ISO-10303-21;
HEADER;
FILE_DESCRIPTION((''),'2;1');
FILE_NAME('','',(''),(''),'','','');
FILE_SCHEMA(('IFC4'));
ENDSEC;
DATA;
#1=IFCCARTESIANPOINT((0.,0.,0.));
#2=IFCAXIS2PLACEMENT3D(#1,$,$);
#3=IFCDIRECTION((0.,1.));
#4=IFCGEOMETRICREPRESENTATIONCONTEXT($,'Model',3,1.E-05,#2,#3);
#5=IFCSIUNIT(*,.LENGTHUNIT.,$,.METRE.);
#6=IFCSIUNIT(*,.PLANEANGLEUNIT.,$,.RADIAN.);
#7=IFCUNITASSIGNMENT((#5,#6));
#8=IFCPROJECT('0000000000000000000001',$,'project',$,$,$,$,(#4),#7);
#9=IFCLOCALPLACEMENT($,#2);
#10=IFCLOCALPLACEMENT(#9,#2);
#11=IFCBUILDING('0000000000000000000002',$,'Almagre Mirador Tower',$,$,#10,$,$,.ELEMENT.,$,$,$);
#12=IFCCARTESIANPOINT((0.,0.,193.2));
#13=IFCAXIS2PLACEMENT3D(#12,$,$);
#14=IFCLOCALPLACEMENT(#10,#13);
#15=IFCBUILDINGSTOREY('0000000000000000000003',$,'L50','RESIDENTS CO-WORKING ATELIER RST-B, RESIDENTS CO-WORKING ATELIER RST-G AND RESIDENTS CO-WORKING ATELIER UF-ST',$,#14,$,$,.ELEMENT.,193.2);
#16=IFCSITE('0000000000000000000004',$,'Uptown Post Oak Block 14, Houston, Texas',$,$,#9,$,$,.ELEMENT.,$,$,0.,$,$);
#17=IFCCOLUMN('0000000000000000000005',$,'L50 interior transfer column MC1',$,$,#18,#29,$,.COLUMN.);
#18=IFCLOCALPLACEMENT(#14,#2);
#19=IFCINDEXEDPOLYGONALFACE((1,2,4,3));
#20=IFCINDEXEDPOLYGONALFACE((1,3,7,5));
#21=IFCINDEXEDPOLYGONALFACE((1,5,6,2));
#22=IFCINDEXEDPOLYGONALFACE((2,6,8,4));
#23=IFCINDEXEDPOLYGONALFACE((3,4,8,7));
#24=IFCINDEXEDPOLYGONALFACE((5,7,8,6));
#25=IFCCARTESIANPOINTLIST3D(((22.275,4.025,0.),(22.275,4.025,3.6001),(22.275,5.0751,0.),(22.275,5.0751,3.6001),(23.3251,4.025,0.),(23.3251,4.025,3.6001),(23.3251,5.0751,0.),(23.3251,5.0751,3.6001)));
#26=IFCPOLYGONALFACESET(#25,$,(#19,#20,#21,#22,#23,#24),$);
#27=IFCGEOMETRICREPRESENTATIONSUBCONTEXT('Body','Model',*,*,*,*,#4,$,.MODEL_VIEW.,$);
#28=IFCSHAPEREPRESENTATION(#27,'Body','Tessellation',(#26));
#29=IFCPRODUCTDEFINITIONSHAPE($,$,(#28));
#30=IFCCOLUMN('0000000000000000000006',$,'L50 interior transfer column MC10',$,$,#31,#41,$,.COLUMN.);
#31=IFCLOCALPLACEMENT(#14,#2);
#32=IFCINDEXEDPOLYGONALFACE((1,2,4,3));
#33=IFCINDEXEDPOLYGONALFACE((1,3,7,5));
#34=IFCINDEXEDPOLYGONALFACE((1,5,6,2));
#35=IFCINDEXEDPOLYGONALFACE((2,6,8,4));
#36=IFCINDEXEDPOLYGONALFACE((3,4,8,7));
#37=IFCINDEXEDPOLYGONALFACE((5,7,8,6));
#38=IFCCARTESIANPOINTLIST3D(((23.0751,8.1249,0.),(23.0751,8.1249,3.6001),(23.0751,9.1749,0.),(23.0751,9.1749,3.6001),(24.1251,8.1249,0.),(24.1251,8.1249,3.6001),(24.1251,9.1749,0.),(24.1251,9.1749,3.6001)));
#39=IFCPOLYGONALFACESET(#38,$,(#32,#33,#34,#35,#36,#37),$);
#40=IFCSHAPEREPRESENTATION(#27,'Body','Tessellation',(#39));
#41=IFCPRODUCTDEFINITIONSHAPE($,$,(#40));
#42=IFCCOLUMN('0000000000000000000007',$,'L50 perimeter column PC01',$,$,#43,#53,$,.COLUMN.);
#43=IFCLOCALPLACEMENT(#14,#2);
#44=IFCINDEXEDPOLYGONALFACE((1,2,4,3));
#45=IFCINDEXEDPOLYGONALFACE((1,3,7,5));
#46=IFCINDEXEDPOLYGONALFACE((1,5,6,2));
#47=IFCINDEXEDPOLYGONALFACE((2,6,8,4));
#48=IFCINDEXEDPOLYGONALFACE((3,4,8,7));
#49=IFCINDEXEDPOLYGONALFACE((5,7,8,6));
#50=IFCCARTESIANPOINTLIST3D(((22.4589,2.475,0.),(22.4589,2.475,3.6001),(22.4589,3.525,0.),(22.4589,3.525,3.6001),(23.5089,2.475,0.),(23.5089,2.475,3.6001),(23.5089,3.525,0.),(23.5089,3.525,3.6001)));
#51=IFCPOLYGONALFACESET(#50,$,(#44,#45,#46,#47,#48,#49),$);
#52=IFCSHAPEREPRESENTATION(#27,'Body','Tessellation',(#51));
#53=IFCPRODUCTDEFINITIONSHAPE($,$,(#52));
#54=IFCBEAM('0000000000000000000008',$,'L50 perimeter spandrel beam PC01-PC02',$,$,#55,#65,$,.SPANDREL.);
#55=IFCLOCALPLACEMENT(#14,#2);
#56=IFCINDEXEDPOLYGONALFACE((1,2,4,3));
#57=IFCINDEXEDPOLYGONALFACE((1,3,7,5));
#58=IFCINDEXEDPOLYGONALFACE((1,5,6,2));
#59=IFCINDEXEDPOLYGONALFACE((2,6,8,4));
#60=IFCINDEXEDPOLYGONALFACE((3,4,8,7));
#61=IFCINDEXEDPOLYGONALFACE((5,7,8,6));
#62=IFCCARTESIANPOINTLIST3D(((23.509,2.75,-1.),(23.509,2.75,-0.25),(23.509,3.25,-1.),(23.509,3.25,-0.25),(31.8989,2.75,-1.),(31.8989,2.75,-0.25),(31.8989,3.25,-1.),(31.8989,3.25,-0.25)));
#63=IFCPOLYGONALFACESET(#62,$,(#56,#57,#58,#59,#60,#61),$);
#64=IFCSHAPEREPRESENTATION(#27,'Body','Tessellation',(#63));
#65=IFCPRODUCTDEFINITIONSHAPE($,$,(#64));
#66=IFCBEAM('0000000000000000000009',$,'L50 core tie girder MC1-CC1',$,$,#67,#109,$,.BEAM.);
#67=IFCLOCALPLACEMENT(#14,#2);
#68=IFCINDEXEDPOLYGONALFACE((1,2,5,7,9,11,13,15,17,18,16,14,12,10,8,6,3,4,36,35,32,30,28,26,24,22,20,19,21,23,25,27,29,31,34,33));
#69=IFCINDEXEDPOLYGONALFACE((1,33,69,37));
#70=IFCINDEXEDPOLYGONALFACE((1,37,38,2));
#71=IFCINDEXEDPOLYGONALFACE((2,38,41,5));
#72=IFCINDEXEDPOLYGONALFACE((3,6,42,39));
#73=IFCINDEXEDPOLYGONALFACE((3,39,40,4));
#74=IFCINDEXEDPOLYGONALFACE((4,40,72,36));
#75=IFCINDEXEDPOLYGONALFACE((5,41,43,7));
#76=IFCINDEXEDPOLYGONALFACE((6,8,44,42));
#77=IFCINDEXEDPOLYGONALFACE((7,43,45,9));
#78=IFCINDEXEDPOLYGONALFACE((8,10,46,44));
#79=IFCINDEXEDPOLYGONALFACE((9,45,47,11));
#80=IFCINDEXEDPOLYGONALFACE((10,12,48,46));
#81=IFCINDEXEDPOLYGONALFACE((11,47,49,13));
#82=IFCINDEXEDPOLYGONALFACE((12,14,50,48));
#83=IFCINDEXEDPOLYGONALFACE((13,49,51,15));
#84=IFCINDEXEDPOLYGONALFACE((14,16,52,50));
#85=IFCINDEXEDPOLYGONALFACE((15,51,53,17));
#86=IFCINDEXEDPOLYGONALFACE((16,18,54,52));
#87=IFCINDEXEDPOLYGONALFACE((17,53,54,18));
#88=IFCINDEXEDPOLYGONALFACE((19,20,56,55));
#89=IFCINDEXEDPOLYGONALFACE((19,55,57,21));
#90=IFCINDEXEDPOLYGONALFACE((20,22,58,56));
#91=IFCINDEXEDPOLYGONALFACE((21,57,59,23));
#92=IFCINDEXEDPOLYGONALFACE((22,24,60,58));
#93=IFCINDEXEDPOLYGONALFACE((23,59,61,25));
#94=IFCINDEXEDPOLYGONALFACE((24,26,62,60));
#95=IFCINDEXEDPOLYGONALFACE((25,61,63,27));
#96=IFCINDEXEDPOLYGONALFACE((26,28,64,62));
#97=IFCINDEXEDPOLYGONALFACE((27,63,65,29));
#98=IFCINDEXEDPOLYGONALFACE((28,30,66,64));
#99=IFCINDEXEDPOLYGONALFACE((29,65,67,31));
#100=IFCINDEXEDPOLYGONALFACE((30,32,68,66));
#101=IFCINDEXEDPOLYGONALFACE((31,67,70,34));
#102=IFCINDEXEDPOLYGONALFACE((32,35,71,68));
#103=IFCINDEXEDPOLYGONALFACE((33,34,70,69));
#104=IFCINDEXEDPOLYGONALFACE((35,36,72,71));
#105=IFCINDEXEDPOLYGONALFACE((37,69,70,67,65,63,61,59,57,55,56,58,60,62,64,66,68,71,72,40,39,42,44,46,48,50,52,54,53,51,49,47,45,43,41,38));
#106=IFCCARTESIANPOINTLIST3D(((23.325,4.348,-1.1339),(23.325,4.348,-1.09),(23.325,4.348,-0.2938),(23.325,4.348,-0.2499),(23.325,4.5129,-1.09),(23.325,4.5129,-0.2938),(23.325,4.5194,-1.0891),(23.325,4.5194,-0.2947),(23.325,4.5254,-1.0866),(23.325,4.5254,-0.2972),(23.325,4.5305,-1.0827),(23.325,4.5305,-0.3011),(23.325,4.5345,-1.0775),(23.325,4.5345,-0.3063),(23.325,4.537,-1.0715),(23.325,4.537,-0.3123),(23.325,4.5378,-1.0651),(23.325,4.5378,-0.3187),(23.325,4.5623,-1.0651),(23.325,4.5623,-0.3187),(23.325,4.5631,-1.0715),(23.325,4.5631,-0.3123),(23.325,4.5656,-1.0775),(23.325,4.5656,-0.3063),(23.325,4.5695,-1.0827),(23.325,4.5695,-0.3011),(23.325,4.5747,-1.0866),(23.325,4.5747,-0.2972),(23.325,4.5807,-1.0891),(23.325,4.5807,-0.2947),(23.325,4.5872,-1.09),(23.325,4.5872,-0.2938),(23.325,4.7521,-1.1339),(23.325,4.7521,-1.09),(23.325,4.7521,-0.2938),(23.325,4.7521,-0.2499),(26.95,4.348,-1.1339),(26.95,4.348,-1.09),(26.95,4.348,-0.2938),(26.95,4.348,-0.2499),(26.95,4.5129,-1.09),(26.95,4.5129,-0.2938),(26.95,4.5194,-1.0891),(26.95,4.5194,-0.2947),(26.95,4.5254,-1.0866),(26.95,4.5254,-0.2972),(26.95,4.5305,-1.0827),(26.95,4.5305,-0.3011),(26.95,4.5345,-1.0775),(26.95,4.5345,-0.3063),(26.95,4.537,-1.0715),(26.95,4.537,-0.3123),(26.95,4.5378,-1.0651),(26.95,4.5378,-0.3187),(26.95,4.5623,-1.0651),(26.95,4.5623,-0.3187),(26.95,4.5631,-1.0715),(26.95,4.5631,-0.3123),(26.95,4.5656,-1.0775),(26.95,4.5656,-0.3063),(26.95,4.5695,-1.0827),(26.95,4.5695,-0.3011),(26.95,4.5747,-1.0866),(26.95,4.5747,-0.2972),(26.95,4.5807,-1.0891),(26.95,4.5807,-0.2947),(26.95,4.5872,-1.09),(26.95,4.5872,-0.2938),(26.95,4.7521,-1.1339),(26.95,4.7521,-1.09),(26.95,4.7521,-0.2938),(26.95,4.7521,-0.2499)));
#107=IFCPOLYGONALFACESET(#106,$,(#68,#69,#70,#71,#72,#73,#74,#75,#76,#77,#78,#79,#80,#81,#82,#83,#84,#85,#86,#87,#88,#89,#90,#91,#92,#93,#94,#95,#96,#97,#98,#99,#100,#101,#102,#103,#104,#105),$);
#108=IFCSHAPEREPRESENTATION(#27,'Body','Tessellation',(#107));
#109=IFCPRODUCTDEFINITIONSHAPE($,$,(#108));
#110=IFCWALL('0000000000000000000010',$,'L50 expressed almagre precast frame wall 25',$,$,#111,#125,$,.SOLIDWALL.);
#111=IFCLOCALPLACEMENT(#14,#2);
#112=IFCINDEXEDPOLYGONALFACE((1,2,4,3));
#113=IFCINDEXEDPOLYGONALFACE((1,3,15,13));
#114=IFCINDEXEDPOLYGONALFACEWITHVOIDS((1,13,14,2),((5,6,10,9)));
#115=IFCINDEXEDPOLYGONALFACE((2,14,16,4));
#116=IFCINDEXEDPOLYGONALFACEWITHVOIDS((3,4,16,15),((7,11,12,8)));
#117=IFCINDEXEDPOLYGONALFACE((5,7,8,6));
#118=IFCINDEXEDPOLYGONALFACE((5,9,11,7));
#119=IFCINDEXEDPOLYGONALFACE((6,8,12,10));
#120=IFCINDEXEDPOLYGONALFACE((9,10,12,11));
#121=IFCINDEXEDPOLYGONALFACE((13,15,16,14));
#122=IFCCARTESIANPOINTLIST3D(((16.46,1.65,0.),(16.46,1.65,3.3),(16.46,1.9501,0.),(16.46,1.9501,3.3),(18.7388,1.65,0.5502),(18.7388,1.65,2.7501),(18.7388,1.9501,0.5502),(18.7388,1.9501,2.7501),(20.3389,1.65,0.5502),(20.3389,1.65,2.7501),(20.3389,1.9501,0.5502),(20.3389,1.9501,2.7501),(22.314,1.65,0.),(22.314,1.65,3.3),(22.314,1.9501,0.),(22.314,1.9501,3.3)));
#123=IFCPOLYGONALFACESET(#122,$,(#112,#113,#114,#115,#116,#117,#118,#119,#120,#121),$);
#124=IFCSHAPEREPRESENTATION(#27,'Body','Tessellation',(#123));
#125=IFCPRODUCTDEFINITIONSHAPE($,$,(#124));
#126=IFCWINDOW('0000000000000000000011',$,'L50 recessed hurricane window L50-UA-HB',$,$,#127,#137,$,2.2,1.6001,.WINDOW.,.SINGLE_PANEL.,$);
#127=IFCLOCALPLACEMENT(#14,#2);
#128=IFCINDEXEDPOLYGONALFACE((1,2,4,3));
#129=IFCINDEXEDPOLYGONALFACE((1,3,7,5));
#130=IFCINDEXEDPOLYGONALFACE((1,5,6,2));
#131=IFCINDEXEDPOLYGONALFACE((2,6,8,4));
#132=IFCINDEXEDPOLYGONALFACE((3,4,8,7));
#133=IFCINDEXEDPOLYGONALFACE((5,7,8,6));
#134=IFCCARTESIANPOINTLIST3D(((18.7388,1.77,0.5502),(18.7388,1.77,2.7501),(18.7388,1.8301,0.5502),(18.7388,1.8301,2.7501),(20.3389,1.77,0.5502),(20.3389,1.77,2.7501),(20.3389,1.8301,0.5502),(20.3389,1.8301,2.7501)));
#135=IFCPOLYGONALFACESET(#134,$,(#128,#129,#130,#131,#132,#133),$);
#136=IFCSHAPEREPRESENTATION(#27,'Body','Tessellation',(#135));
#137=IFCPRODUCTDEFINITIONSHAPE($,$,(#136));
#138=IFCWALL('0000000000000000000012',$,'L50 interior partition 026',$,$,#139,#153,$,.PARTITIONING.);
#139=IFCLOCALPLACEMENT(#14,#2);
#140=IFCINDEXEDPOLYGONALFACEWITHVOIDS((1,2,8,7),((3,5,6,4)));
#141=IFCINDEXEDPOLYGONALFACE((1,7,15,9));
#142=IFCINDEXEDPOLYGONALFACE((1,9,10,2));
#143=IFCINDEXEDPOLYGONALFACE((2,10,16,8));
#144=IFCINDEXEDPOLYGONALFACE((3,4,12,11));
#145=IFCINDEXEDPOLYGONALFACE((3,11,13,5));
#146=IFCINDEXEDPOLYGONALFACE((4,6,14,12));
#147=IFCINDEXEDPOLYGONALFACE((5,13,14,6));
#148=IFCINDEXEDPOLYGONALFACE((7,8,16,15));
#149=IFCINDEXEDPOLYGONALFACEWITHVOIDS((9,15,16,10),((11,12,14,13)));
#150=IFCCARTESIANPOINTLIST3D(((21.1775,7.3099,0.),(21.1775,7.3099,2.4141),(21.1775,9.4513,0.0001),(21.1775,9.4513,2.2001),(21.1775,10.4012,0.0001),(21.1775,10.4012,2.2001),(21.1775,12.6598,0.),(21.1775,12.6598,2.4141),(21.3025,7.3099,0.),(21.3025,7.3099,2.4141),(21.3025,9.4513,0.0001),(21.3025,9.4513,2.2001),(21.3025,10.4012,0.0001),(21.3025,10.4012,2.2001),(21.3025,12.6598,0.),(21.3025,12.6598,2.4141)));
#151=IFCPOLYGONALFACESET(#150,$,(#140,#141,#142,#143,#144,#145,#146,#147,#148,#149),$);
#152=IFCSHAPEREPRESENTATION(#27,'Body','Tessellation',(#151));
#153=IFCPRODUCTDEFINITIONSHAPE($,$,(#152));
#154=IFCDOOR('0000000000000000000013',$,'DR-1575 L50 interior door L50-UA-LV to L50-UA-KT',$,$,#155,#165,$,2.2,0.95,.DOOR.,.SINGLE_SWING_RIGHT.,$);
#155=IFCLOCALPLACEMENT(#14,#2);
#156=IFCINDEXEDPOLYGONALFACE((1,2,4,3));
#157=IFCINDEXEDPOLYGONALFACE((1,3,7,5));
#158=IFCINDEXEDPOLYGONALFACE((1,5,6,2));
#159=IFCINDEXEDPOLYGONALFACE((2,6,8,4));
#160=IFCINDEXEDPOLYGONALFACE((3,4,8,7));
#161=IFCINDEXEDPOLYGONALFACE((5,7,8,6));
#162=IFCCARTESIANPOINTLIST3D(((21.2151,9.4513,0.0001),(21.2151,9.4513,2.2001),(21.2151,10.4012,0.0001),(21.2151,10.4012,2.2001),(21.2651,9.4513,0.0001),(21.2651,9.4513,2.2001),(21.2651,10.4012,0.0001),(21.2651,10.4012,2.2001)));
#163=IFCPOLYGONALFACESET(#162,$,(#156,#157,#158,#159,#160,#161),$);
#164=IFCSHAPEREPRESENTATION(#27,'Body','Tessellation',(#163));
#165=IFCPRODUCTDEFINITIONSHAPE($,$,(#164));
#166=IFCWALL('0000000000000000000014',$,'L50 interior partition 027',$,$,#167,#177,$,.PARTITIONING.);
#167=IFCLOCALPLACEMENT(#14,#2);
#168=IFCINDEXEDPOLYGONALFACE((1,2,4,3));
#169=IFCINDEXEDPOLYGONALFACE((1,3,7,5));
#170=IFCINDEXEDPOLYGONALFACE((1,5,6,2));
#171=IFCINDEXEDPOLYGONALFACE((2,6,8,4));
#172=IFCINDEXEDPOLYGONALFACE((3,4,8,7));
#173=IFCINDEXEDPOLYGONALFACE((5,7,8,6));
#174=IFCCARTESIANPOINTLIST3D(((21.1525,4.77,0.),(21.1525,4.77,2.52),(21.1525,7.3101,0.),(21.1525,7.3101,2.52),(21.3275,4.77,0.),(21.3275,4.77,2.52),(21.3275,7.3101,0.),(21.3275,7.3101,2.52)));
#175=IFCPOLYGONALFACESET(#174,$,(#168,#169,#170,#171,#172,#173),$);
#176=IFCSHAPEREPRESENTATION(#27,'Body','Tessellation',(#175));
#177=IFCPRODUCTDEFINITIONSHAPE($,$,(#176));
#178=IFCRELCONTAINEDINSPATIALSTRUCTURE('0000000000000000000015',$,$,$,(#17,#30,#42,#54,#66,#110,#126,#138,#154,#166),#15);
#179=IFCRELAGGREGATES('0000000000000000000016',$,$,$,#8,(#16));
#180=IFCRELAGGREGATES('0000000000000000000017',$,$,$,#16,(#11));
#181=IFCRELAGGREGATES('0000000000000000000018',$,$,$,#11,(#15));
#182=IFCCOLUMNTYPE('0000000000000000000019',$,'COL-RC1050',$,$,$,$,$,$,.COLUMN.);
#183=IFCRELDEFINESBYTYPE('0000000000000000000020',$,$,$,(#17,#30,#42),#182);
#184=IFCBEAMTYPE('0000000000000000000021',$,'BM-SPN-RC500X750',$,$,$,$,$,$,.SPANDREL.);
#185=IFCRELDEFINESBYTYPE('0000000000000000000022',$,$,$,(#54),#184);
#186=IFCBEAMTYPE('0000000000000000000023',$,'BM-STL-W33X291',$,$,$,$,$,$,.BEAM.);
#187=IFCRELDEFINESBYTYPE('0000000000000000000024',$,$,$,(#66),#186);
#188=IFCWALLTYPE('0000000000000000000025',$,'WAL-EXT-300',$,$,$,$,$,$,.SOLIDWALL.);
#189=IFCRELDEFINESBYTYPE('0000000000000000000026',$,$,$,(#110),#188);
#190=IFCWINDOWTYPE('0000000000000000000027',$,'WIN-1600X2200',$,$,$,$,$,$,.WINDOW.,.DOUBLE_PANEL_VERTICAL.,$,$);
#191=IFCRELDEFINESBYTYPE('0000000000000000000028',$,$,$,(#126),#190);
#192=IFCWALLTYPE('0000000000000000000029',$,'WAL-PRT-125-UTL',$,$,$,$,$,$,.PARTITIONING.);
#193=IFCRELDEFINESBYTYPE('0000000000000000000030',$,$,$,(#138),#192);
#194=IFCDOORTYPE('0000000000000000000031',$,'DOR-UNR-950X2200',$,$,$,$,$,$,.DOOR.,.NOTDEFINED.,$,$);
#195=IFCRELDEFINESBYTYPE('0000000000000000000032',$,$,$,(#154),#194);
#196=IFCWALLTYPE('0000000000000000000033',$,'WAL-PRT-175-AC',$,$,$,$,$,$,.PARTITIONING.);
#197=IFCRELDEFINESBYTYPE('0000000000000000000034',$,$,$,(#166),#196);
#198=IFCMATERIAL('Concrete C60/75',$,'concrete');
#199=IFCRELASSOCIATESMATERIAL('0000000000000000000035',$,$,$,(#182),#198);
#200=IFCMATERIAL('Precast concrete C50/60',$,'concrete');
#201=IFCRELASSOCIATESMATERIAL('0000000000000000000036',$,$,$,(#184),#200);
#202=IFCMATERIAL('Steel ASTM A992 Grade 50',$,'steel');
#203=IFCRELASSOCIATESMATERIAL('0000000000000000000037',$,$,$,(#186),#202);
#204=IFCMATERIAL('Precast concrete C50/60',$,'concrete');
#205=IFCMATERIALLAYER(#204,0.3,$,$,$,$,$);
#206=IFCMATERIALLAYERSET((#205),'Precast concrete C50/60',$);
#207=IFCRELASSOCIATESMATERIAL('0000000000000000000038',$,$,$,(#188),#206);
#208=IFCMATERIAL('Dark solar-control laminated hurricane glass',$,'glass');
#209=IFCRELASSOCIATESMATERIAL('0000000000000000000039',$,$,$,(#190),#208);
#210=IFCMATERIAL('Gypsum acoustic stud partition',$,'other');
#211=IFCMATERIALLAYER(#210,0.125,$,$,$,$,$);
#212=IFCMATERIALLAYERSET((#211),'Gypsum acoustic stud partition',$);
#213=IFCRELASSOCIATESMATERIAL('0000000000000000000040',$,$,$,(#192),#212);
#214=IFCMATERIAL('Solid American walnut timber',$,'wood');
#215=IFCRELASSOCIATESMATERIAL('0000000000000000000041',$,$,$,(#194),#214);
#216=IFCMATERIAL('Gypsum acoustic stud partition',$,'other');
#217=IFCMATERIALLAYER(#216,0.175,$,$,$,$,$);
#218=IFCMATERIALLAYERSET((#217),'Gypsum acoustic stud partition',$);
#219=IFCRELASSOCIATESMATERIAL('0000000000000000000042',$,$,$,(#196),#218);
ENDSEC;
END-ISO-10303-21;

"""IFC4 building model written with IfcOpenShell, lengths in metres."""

from ifc_helpers import new_model, si_unit, direction, frame, frame_2d, origin, origin_2d, place, context, subcontext, project, spatial, rectangle, i_section, extrude, material, layer, layer_set, material_profile, profile_set, type_object, element, fill, save


model = new_model("IFC4")

# Units and contexts
model_context = context("Model", 3, precision=1e-05, world=origin(), true_north=direction((0.0, 1.0)))
body_context = subcontext(model_context, "Body", "Model", "MODEL_VIEW")
ifc_project = project(units=[si_unit("LENGTHUNIT", "METRE"), si_unit("PLANEANGLEUNIT", "RADIAN")], contexts=[model_context])

# Site, building, storey
site_placement = place(None, origin())
site = spatial("IfcSite", under=ifc_project, at=site_placement, Name="Uptown Post Oak Block 14, Houston, Texas", CompositionType="ELEMENT", RefElevation=0.0)
building_placement = place(site_placement, origin())
building = spatial("IfcBuilding", under=site, at=building_placement, Name="Almagre Mirador Tower", CompositionType="ELEMENT")
storey_placement = place(building_placement, frame((0.0, 0.0, 193.2)))
storey = spatial("IfcBuildingStorey", under=building, at=storey_placement, Name="L50", Description="RESIDENTS CO-WORKING ATELIER RST-B, RESIDENTS CO-WORKING ATELIER RST-G AND RESIDENTS CO-WORKING ATELIER UF-ST", CompositionType="ELEMENT", Elevation=193.2)

# Columns
ifc_material_1 = material(Name="Concrete C60/75", Category="concrete")
ifc_material_profile_1 = material_profile(ifc_material_1, rectangle(XDim=1.05, YDim=1.05, at=origin_2d()), Name="RC1050X1050")
ifc_profile_set_1 = profile_set([ifc_material_profile_1], Name="Concrete C60/75")
column_type = type_object("IfcColumnType", Name="COL-RC1050", PredefinedType="COLUMN", material=ifc_profile_set_1)
for number, where, z_axis, x_axis, name in (
    (1, (22.8, 4.55, 0.0), (0.0, 0.0, 1.0), (1.0, 0.0, 0.0), "L50 interior transfer column MC1"),
    (2, (23.6001, 8.6499, 0.0), (0.0, 0.0, 1.0), (1.0, 0.0, 0.0), "L50 interior transfer column MC10"),
    (3, (22.9839, 3.0, 0.0), (0.0, 0.0, 1.0), (1.0, 0.0, 0.0), "L50 perimeter column PC01"),
):
    element("IfcColumn", number, at=place(storey_placement, frame(where, z_axis=z_axis, x_axis=x_axis)), inside=storey, type_object=column_type, Name=name, PredefinedType="COLUMN", context=body_context, shape_type="SweptSolid", body=[
        extrude(rectangle(XDim=1.05, YDim=1.05, at=origin_2d()), origin(), (0.0, 0.0, 1.0), 3.6001),
    ])

# Beams
ifc_material_2 = material(Name="Precast concrete C50/60", Category="concrete")
ifc_material_profile_2 = material_profile(ifc_material_2, rectangle(XDim=0.5, YDim=0.75, at=origin_2d()), Name="RC500X750")
ifc_profile_set_2 = profile_set([ifc_material_profile_2], Name="Precast concrete C50/60")
beam_type_1 = type_object("IfcBeamType", Name="BM-SPN-RC500X750", PredefinedType="SPANDREL", material=ifc_profile_set_2)
beam_1_placement = place(storey_placement, frame((23.509, 3.0, -0.625), z_axis=(1.0, 0.0, 0.0), x_axis=(0.0, 1.0, 0.0)))
element("IfcBeam", 4, at=beam_1_placement, inside=storey, type_object=beam_type_1, Name="L50 perimeter spandrel beam PC01-PC02", PredefinedType="SPANDREL", context=body_context, shape_type="SweptSolid", body=[
    extrude(rectangle(XDim=0.5, YDim=0.75, at=origin_2d()), origin(), (0.0, 0.0, 1.0), 8.3899),
])
ifc_material_3 = material(Name="Steel ASTM A992 Grade 50", Category="steel")
ifc_material_profile_3 = material_profile(ifc_material_3, i_section(OverallWidth=0.4041, OverallDepth=0.884, WebThickness=0.0244, FlangeThickness=0.0439, FilletRadius=0.0249, at=origin_2d()), Name="W33X291")
ifc_profile_set_3 = profile_set([ifc_material_profile_3], Name="Steel ASTM A992 Grade 50")
beam_type_2 = type_object("IfcBeamType", Name="BM-STL-W33X291", PredefinedType="BEAM", material=ifc_profile_set_3)
beam_2_placement = place(storey_placement, frame((23.325, 4.55, -0.6919), z_axis=(1.0, 0.0, 0.0), x_axis=(0.0, 1.0, 0.0)))
element("IfcBeam", 5, at=beam_2_placement, inside=storey, type_object=beam_type_2, Name="L50 core tie girder MC1-CC1", PredefinedType="BEAM", context=body_context, shape_type="SweptSolid", body=[
    extrude(i_section(OverallWidth=0.4041, OverallDepth=0.884, WebThickness=0.0244, FlangeThickness=0.0439, FilletRadius=0.0249, at=origin_2d()), origin(), (0.0, 0.0, 1.0), 3.625),
])

# Wall, opening, window
ifc_material_4 = material(Name="Precast concrete C50/60", Category="concrete")
ifc_layer_1 = layer(ifc_material_4, 0.3)
ifc_layer_set_1 = layer_set([ifc_layer_1], Name="Precast concrete C50/60")
wall_type_1 = type_object("IfcWallType", Name="WAL-EXT-300", PredefinedType="SOLIDWALL", material=ifc_layer_set_1)
wall_1_placement = place(storey_placement, frame((22.314, 1.8, 0.0), z_axis=(0.0, 0.0, 1.0), x_axis=(-1.0, 0.0, 0.0)))
wall_1 = element("IfcWall", 6, at=wall_1_placement, inside=storey, type_object=wall_type_1, Name="L50 expressed almagre precast frame wall 25", PredefinedType="SOLIDWALL", context=body_context, shape_type="SweptSolid", body=[
    extrude(rectangle(XDim=5.854, YDim=0.3, at=frame_2d((2.927, 0.0))), origin(), (0.0, 0.0, 1.0), 3.3),
])
opening_1_placement = place(wall_1_placement, frame((1.9751, 0.0, 0.55)))
opening_1 = element("IfcOpeningElement", 7, at=opening_1_placement, cuts=wall_1, PredefinedType="OPENING", context=body_context, shape_type="SweptSolid", body=[
    extrude(rectangle(XDim=1.6001, YDim=2.2, at=frame_2d((0.8, 1.1001))), frame((0.0, 0.1599, 0.0), z_axis=(0.0, -1.0, 0.0), x_axis=(1.0, 0.0, 0.0)), (0.0, 0.0, 1.0), 0.32),
])
ifc_material_5 = material(Name="Dark solar-control laminated hurricane glass", Category="glass")
window_type = type_object("IfcWindowType", Name="WIN-1600X2200", PartitioningType="DOUBLE_PANEL_VERTICAL", PredefinedType="WINDOW", material=ifc_material_5)
window_placement = place(opening_1_placement, origin())
window = element("IfcWindow", 8, at=window_placement, inside=storey, type_object=window_type, Name="L50 recessed hurricane window L50-UA-HB", OverallHeight=2.2, OverallWidth=1.6001, PartitioningType="SINGLE_PANEL", PredefinedType="WINDOW", context=body_context, shape_type="SweptSolid", body=[
    extrude(rectangle(XDim=1.6001, YDim=2.2, at=frame_2d((0.8, 1.1001))), frame((0.0, 0.03, 0.0), z_axis=(0.0, -1.0, 0.0), x_axis=(1.0, 0.0, 0.0)), (0.0, 0.0, 1.0), 0.0601),
])
fill(opening_1, window)

# Wall, opening, door
ifc_material_6 = material(Name="Gypsum acoustic stud partition", Category="other")
ifc_layer_2 = layer(ifc_material_6, 0.125)
ifc_layer_set_2 = layer_set([ifc_layer_2], Name="Gypsum acoustic stud partition")
wall_type_2 = type_object("IfcWallType", Name="WAL-PRT-125-UTL", PredefinedType="PARTITIONING", material=ifc_layer_set_2)
wall_2_placement = place(storey_placement, frame((21.24, 7.3101, 0.0), z_axis=(0.0, 0.0, 1.0), x_axis=(0.0, 1.0, 0.0)))
wall_2 = element("IfcWall", 9, at=wall_2_placement, inside=storey, type_object=wall_type_2, Name="L50 interior partition 026", PredefinedType="PARTITIONING", context=body_context, shape_type="SweptSolid", body=[
    extrude(rectangle(XDim=5.3499, YDim=0.125, at=frame_2d((2.6748, 0.0))), origin(), (0.0, 0.0, 1.0), 2.4141),
])
opening_2_placement = place(wall_2_placement, frame((2.1411, 0.0, 0.0)))
opening_2 = element("IfcOpeningElement", 10, at=opening_2_placement, cuts=wall_2, PredefinedType="OPENING", context=body_context, shape_type="SweptSolid", body=[
    extrude(rectangle(XDim=0.95, YDim=2.2, at=frame_2d((0.4751, 1.1001))), frame((0.0, 0.0725, 0.0), z_axis=(0.0, -1.0, 0.0), x_axis=(1.0, 0.0, 0.0)), (0.0, 0.0, 1.0), 0.145),
])
ifc_material_7 = material(Name="Solid American walnut timber", Category="wood")
door_type_1 = type_object("IfcDoorType", Name="DOR-UNR-950X2200", OperationType="NOTDEFINED", PredefinedType="DOOR", material=ifc_material_7)
door_1_placement = place(opening_2_placement, origin())
door_1 = element("IfcDoor", 11, at=door_1_placement, inside=storey, type_object=door_type_1, Name="DR-1575 L50 interior door L50-UA-LV to L50-UA-KT", OperationType="SINGLE_SWING_RIGHT", OverallHeight=2.2, OverallWidth=0.95, PredefinedType="DOOR", context=body_context, shape_type="SweptSolid", body=[
    extrude(rectangle(XDim=0.95, YDim=2.2, at=frame_2d((0.4751, 1.1001))), frame((0.0, 0.0249, 0.0), z_axis=(0.0, -1.0, 0.0), x_axis=(1.0, 0.0, 0.0)), (0.0, 0.0, 1.0), 0.05),
])
fill(opening_2, door_1)

# Wall
ifc_material_8 = material(Name="Gypsum acoustic stud partition", Category="other")
ifc_layer_3 = layer(ifc_material_8, 0.175)
ifc_layer_set_3 = layer_set([ifc_layer_3], Name="Gypsum acoustic stud partition")
wall_type_3 = type_object("IfcWallType", Name="WAL-PRT-175-AC", PredefinedType="PARTITIONING", material=ifc_layer_set_3)
wall_3_placement = place(storey_placement, frame((21.24, 4.77, 0.0), z_axis=(0.0, 0.0, 1.0), x_axis=(0.0, 1.0, 0.0)))
element("IfcWall", 12, at=wall_3_placement, inside=storey, type_object=wall_type_3, Name="L50 interior partition 027", PredefinedType="PARTITIONING", context=body_context, shape_type="SweptSolid", body=[
    extrude(rectangle(XDim=2.54, YDim=0.175, at=frame_2d((1.27, 0.0))), origin(), (0.0, 0.0, 1.0), 2.52),
])

save(model, "model.ifc")
